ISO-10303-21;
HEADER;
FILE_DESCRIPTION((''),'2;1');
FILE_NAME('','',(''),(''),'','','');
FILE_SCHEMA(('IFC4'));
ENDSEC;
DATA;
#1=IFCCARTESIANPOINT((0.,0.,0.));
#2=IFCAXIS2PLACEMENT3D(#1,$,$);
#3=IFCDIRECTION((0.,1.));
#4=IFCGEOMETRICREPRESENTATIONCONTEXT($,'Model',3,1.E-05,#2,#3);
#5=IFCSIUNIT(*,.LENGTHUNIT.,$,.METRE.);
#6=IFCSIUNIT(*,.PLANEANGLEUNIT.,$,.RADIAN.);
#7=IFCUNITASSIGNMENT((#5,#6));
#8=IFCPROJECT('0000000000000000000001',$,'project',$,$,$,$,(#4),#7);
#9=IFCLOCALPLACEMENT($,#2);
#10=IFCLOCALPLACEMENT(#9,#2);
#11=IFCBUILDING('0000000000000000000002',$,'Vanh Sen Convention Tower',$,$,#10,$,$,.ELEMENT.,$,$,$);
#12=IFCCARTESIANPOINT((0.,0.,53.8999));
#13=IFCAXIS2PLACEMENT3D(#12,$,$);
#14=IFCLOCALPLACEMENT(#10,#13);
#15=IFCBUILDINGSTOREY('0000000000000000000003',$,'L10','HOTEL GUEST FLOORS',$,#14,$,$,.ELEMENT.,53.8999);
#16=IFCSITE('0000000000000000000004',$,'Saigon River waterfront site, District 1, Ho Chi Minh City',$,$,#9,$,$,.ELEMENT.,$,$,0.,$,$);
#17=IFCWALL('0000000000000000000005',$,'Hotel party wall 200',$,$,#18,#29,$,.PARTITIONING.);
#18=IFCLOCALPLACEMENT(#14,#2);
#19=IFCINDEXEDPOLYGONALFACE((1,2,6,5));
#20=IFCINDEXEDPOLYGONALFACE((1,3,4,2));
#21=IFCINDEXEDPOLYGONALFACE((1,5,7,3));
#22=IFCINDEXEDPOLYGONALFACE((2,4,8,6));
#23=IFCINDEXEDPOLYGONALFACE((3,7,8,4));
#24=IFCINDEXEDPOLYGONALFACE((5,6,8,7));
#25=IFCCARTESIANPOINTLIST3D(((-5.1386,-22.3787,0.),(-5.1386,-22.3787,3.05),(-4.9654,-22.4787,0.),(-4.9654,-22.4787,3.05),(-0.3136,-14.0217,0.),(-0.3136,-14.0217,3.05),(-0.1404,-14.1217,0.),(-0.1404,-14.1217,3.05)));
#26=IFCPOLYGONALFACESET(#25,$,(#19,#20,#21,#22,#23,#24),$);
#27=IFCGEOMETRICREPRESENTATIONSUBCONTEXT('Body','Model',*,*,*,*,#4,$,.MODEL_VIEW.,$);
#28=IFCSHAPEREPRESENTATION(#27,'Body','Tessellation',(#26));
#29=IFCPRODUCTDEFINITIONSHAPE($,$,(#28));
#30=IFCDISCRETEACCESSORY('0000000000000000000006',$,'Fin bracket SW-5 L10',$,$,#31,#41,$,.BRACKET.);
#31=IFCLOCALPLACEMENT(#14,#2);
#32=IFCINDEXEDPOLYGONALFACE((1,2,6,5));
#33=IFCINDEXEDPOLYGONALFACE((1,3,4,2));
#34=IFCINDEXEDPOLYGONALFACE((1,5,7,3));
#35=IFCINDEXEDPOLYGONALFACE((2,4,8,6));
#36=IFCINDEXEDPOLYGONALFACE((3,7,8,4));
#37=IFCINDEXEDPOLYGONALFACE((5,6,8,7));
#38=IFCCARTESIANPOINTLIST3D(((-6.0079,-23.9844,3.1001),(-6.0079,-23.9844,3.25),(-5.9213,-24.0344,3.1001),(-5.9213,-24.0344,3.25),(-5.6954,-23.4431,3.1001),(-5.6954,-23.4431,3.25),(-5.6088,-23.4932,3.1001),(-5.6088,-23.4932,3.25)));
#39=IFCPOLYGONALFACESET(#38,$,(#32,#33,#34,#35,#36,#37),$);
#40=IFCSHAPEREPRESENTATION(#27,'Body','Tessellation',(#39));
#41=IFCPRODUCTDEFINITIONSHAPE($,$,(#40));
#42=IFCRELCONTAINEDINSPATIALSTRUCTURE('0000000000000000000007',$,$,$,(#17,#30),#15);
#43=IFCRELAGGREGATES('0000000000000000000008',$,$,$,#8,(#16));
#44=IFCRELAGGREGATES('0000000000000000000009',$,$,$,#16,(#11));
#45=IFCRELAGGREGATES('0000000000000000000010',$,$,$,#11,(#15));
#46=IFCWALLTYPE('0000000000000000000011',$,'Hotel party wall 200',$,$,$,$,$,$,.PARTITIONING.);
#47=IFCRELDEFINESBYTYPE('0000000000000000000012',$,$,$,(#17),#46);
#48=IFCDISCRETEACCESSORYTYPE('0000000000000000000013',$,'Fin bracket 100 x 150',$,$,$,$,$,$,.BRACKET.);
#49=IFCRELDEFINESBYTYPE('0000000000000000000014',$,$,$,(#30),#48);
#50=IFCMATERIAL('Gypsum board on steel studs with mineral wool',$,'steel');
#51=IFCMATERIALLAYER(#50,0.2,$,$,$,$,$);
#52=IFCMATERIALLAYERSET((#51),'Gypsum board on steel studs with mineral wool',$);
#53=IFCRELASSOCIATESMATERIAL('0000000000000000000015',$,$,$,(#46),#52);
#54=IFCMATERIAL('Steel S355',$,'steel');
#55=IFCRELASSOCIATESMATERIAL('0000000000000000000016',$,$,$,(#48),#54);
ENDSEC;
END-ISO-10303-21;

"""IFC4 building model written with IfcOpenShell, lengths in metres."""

from ifc_helpers import new_model, si_unit, direction, frame, frame_2d, origin, origin_2d, place, context, subcontext, project, spatial, rectangle, extrude, material, layer, layer_set, type_object, element, save


model = new_model("IFC4")

# Units and contexts
model_context = context("Model", 3, precision=1e-05, world=origin(), true_north=direction((0.0, 1.0)))
body_context = subcontext(model_context, "Body", "Model", "MODEL_VIEW")
ifc_project = project(units=[si_unit("LENGTHUNIT", "METRE"), si_unit("PLANEANGLEUNIT", "RADIAN")], contexts=[model_context])

# Site, building, storey
site_placement = place(None, origin())
site = spatial("IfcSite", under=ifc_project, at=site_placement, Name="Saigon River waterfront site, District 1, Ho Chi Minh City", CompositionType="ELEMENT", RefElevation=0.0)
building_placement = place(site_placement, origin())
building = spatial("IfcBuilding", under=site, at=building_placement, Name="Vanh Sen Convention Tower", CompositionType="ELEMENT")
storey_placement = place(building_placement, frame((0.0, 0.0, 53.8999)))
storey = spatial("IfcBuildingStorey", under=building, at=storey_placement, Name="L10", Description="HOTEL GUEST FLOORS", CompositionType="ELEMENT", Elevation=53.8999)

# Shared definitions
ifc_material_1 = material(Name="Gypsum board on steel studs with mineral wool", Category="steel")

# Wall
ifc_layer_1 = layer(ifc_material_1, 0.2)
ifc_layer_set_1 = layer_set([ifc_layer_1], Name="Gypsum board on steel studs with mineral wool")
wall_type_1 = type_object("IfcWallType", Name="Hotel party wall 200", PredefinedType="PARTITIONING", material=ifc_layer_set_1)
wall_1_placement = place(storey_placement, frame((-5.052, -22.4287, 0.0), z_axis=(0.0, 0.0, 1.0), x_axis=(0.500006, 0.866022, 0.0)))
element("IfcWall", 1, at=wall_1_placement, inside=storey, type_object=wall_type_1, Name="Hotel party wall 200", PredefinedType="PARTITIONING", context=body_context, shape_type="SweptSolid", body=[
    extrude(rectangle(XDim=9.6499, YDim=0.2, at=frame_2d((4.825, 0.0))), origin(), (0.0, 0.0, 1.0), 3.05),
])

# Discrete accessory
ifc_material_2 = material(Name="Steel S355", Category="steel")
discrete_accessory_type = type_object("IfcDiscreteAccessoryType", Name="Fin bracket 100 x 150", PredefinedType="BRACKET", material=ifc_material_2)
discrete_accessory_placement = place(storey_placement, frame((-5.8083, -23.7388, 3.1001), z_axis=(0.0, 0.0, 1.0), x_axis=(-0.5, -0.866025, 0.0)))
element("IfcDiscreteAccessory", 2, at=discrete_accessory_placement, inside=storey, type_object=discrete_accessory_type, Name="Fin bracket SW-5 L10", PredefinedType="BRACKET", context=body_context, shape_type="SweptSolid", body=[
    extrude(rectangle(XDim=0.625, YDim=0.1001, at=origin_2d()), origin(), (0.0, 0.0, 1.0), 0.1499),
])

save(model, "model.ifc")
